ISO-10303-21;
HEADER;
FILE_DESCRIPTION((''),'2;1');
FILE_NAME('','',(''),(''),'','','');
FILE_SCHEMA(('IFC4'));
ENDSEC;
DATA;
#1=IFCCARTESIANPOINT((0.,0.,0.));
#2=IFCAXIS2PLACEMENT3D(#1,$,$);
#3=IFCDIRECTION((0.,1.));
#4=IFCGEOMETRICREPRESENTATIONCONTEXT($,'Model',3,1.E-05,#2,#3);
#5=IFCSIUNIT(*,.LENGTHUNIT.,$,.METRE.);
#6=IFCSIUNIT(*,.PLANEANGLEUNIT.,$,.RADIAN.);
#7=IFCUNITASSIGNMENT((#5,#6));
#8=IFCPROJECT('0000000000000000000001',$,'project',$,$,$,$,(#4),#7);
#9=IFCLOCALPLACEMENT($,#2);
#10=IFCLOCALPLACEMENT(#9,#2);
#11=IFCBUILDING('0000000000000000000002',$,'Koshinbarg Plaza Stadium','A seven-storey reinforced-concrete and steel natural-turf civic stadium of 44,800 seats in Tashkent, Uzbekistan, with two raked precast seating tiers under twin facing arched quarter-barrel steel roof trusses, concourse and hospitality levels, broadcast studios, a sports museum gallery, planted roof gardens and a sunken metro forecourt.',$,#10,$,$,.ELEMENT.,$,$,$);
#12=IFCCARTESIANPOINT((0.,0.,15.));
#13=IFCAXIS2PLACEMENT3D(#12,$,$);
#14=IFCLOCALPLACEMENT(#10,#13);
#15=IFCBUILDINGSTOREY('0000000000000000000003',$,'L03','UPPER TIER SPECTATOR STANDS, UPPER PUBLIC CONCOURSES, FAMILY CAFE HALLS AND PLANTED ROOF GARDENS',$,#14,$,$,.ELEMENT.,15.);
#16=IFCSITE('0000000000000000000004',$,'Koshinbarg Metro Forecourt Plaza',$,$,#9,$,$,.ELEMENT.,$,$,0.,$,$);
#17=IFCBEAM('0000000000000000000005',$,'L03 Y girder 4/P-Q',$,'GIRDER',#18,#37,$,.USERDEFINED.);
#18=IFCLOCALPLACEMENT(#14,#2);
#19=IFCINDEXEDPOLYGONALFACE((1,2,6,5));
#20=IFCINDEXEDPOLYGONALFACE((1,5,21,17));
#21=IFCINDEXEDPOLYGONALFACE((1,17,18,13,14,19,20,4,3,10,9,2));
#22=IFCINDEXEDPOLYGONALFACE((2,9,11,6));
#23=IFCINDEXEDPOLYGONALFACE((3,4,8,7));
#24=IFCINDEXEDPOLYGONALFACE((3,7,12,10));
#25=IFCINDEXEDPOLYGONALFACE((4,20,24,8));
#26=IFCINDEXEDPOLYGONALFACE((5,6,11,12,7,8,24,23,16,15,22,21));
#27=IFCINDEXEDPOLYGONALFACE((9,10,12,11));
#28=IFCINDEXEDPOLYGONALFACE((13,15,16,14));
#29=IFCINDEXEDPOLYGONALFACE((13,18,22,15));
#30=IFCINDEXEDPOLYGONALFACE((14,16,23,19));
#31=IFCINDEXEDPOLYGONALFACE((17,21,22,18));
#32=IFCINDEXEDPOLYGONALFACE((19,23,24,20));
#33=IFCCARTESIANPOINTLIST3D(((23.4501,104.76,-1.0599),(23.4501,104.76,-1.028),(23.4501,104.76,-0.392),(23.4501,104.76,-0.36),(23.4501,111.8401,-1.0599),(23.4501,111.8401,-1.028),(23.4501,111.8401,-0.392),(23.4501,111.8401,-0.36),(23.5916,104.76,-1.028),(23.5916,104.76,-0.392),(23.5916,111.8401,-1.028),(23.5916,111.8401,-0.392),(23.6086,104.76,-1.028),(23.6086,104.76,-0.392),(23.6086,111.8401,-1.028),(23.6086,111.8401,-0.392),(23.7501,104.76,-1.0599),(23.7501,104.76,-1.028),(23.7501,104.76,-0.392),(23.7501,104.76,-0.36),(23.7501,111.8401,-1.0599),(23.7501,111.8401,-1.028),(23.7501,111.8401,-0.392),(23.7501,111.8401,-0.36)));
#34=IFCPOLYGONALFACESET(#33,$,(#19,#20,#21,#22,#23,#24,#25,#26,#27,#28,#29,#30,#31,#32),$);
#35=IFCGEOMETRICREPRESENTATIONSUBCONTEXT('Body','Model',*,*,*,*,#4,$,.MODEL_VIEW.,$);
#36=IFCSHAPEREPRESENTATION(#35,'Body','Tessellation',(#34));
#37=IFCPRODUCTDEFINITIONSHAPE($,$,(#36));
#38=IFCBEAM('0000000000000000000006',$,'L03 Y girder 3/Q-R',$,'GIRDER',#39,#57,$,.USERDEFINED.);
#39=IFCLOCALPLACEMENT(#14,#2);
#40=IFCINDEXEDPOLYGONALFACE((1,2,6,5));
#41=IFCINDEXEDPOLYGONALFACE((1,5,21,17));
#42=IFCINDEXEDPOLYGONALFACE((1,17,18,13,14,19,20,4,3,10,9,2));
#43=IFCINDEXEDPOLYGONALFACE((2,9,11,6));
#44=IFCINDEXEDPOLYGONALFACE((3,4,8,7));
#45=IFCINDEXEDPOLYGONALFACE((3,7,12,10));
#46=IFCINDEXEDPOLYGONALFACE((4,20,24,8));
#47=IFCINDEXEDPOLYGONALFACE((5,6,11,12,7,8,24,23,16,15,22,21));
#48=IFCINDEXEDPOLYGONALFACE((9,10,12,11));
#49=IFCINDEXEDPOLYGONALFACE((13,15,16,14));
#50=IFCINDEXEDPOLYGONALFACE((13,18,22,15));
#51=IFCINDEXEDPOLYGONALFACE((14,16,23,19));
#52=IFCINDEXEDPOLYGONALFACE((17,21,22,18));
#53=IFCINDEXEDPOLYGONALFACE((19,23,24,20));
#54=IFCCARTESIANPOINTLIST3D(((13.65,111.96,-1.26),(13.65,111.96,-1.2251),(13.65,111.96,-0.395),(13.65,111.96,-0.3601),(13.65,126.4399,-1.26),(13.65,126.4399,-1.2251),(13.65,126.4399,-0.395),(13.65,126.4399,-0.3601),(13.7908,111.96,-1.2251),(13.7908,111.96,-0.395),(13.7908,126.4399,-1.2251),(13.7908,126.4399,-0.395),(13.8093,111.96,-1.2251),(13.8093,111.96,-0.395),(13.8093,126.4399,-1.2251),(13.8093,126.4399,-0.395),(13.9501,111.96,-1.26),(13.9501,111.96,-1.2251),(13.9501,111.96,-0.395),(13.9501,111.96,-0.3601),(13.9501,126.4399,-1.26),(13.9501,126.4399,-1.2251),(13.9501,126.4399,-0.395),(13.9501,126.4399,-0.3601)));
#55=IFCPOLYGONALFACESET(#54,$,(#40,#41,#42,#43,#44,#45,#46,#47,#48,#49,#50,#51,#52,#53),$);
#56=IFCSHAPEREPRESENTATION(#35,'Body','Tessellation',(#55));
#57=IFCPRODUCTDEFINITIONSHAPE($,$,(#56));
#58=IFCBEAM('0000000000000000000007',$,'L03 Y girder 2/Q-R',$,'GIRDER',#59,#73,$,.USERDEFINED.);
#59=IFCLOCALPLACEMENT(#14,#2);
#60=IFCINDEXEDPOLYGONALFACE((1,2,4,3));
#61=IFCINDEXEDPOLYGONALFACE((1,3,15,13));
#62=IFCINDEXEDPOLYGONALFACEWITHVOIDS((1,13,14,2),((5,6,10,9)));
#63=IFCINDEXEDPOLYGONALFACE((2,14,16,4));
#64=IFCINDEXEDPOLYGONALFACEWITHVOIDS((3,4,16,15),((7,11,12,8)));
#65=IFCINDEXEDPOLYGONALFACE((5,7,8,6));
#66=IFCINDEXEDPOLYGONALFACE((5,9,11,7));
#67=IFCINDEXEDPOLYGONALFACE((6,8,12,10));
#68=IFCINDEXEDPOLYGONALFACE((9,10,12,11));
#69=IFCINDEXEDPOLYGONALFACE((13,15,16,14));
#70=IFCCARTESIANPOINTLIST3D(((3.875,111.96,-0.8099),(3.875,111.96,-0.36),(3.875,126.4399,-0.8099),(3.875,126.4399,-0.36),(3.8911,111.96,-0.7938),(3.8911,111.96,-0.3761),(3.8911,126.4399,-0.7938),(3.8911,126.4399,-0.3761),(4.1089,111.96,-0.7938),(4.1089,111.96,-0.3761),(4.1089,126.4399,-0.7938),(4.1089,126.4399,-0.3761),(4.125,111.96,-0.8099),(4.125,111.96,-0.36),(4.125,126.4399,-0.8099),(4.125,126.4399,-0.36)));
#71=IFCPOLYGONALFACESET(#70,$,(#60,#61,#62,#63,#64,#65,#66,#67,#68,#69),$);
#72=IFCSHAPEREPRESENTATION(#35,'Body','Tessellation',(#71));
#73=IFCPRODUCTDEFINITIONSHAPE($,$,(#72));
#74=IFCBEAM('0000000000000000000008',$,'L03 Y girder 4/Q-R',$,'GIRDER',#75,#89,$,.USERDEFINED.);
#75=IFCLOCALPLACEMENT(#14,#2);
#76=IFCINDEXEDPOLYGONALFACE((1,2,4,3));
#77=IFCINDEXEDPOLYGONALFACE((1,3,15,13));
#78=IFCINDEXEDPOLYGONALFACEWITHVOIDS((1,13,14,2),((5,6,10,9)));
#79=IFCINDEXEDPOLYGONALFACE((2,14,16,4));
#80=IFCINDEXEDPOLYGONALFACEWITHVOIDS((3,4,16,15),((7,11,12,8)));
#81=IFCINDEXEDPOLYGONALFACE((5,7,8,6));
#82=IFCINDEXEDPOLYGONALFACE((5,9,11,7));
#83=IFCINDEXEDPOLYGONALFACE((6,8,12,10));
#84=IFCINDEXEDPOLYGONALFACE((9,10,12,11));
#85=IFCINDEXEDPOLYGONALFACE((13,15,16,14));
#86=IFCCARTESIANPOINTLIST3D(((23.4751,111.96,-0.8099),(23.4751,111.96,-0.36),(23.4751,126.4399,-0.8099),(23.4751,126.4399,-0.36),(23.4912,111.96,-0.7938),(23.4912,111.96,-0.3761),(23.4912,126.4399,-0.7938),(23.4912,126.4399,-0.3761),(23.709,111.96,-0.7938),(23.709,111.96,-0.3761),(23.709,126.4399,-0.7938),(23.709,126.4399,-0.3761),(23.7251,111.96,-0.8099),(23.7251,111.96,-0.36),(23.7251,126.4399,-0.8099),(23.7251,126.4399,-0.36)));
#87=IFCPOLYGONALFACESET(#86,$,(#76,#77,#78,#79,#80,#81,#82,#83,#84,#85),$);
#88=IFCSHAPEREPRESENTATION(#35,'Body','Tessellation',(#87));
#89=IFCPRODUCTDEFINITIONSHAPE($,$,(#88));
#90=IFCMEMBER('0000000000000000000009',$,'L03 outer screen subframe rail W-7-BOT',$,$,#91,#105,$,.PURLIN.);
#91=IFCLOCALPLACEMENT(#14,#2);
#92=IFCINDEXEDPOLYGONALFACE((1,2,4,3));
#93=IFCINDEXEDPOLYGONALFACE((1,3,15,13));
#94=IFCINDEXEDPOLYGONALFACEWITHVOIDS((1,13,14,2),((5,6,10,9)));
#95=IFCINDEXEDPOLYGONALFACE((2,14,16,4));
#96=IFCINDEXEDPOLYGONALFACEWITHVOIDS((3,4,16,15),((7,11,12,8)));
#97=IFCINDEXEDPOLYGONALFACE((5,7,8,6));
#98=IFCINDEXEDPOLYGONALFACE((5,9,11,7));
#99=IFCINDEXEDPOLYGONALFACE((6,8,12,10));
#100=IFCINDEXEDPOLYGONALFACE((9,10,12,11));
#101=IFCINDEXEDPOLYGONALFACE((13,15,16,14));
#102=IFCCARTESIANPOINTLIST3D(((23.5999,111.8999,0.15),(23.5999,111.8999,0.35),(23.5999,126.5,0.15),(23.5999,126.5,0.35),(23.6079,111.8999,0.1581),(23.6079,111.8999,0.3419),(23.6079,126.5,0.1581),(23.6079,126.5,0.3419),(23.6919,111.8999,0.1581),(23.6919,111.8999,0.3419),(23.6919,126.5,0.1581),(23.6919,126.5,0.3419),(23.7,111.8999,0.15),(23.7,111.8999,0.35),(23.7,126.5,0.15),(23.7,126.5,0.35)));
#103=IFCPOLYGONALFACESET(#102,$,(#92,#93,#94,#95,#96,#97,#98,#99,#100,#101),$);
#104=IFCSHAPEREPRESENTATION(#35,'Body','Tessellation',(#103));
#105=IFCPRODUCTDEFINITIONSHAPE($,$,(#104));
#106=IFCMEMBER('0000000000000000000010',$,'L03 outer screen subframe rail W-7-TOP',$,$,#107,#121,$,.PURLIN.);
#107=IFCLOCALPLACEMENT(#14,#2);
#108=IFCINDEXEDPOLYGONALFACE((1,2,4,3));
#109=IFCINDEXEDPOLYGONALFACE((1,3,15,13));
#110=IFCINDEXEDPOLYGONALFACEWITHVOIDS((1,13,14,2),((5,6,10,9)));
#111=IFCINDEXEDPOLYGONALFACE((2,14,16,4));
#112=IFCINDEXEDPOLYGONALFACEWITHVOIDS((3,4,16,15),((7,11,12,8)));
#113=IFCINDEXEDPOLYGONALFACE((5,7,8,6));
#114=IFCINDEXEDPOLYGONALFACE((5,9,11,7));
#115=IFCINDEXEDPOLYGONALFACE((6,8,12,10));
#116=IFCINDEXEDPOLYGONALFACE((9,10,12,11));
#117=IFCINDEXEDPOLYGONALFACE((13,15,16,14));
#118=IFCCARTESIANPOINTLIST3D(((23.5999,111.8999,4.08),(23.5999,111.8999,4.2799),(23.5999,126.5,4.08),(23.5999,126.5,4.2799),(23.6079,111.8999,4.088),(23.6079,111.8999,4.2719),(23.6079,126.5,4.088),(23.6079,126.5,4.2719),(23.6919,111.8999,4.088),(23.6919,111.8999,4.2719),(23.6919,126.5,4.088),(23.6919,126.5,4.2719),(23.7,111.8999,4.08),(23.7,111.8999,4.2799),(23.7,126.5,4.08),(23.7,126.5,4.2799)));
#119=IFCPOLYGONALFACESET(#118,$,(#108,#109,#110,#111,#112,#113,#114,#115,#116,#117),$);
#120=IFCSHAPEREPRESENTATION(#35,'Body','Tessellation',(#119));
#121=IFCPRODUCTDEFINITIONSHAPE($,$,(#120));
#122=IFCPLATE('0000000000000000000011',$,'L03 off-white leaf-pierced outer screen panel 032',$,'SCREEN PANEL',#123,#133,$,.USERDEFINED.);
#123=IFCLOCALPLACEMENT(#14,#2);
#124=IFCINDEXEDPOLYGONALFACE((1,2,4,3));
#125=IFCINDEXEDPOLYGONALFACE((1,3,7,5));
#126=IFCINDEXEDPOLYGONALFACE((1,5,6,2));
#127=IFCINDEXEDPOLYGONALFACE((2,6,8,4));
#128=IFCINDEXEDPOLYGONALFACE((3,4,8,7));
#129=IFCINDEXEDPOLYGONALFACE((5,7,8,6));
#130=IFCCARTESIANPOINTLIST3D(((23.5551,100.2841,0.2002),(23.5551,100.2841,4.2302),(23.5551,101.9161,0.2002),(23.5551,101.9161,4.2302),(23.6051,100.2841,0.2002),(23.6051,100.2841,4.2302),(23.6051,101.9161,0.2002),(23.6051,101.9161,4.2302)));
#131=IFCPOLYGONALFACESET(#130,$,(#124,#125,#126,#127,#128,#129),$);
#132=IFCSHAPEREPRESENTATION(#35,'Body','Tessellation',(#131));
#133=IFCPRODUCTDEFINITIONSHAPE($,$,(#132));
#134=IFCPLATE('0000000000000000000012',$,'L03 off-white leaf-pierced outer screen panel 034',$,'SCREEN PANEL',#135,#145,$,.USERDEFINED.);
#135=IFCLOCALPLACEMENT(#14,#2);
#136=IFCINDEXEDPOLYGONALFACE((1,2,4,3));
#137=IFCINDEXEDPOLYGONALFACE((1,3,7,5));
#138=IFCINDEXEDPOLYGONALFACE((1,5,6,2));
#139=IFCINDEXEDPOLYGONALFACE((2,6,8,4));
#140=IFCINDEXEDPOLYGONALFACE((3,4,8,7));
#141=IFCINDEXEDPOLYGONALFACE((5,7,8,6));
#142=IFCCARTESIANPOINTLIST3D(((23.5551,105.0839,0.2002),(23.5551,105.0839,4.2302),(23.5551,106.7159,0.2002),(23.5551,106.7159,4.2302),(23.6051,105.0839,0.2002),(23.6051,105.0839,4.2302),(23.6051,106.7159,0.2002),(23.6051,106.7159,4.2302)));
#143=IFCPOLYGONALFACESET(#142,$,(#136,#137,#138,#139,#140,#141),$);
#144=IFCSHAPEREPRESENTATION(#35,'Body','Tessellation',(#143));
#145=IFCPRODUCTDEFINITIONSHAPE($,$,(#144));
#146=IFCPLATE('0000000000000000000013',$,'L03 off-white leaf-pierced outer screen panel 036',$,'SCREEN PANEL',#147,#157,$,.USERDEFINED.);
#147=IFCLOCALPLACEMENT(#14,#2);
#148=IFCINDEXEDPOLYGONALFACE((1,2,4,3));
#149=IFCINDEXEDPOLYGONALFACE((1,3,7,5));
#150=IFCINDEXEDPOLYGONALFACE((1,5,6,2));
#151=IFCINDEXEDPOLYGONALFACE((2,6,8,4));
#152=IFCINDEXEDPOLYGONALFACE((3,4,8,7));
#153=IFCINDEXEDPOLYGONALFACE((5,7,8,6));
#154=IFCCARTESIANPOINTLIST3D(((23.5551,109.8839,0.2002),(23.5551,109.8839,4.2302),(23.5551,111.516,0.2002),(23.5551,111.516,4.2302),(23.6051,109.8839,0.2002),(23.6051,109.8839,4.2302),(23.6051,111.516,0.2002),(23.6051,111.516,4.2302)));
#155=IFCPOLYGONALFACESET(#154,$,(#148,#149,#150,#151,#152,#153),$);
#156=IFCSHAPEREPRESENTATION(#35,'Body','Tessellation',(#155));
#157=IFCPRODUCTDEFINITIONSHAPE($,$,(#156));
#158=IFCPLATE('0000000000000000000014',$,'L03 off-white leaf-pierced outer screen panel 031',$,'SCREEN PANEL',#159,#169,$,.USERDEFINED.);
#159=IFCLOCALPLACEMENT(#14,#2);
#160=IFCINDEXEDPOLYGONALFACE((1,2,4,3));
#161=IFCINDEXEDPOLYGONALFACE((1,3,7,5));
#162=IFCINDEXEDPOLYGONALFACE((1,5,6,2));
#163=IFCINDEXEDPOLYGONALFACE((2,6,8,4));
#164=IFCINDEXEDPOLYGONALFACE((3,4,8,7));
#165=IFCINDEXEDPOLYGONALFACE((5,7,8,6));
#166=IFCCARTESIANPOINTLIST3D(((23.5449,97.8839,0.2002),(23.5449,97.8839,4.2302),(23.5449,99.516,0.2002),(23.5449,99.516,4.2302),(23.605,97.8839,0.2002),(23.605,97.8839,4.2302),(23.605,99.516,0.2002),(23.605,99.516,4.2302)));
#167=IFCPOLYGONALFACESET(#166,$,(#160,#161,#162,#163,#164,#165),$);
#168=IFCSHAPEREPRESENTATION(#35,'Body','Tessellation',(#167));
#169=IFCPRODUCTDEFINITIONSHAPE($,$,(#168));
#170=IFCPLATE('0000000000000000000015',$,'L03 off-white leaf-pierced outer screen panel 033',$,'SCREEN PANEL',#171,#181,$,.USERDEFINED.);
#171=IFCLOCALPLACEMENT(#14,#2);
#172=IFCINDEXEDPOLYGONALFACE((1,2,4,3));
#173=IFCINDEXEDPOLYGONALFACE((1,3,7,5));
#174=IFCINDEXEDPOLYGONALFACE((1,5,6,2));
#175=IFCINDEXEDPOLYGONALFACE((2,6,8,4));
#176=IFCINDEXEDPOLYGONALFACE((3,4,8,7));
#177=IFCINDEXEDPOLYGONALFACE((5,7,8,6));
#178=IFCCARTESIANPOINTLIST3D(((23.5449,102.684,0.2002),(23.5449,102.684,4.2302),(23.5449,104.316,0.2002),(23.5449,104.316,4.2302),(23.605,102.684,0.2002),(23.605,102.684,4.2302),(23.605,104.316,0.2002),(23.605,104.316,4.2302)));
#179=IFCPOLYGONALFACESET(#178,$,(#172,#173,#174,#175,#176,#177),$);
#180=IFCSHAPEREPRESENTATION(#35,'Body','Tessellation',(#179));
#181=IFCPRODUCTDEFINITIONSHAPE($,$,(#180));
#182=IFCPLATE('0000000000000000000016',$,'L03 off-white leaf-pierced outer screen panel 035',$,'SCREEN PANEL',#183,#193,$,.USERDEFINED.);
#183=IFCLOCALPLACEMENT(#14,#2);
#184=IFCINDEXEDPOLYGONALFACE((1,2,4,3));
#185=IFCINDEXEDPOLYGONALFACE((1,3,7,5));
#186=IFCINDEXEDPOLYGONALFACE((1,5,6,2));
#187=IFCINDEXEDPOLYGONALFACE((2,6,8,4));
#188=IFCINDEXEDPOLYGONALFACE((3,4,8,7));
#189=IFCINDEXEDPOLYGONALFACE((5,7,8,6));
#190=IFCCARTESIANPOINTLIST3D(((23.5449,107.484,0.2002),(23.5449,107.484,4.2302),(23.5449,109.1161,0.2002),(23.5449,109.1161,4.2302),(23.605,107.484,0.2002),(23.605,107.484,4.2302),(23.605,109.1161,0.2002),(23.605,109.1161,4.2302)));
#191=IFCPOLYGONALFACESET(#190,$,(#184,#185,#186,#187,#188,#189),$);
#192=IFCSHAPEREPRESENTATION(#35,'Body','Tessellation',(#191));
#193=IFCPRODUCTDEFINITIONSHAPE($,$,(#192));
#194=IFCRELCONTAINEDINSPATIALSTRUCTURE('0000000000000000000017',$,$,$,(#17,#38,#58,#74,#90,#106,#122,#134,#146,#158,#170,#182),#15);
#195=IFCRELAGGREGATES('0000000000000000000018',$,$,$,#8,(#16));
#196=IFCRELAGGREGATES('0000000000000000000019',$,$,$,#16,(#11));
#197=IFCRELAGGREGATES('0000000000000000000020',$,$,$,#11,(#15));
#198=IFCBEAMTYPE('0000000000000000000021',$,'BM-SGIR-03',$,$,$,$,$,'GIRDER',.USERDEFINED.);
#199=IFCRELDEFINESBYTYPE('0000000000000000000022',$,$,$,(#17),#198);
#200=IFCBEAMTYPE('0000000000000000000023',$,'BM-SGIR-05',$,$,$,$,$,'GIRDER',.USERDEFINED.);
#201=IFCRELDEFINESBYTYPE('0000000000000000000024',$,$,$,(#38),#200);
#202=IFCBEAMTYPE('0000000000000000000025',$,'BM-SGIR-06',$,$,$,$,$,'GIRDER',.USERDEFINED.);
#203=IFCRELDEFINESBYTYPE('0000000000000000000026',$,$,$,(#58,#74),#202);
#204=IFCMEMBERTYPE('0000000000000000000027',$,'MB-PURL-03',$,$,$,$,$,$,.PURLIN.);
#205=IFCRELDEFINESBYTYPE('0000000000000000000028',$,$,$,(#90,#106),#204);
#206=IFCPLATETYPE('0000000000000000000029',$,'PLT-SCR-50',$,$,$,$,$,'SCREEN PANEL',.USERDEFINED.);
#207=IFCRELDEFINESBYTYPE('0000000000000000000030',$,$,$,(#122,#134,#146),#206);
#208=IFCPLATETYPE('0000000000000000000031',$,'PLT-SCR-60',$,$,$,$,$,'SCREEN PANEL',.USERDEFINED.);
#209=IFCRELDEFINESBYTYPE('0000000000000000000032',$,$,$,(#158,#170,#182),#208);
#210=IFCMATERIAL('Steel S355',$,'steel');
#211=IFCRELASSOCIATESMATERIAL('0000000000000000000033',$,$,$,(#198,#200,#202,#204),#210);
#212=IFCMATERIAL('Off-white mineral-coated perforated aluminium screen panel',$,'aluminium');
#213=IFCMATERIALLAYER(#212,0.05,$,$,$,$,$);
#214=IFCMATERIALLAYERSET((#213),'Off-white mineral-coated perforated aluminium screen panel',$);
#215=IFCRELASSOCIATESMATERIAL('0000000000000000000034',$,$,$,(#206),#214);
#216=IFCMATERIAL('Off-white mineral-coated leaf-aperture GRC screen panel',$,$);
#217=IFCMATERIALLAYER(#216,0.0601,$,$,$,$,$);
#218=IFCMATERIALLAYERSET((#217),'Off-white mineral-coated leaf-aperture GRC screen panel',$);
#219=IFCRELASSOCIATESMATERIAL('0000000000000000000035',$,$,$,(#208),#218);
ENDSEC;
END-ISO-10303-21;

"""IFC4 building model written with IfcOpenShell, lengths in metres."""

from ifc_helpers import new_model, si_unit, direction, frame, origin, origin_2d, place, context, subcontext, project, spatial, rectangle, hollow_rectangle, i_section, extrude, material, layer, layer_set, material_profile, profile_set, type_object, element, save


model = new_model("IFC4")

# Units and contexts
model_context = context("Model", 3, precision=1e-05, world=origin(), true_north=direction((0.0, 1.0)))
body_context = subcontext(model_context, "Body", "Model", "MODEL_VIEW")
ifc_project = project(units=[si_unit("LENGTHUNIT", "METRE"), si_unit("PLANEANGLEUNIT", "RADIAN")], contexts=[model_context])

# Site, building, storey
site_placement = place(None, origin())
site = spatial("IfcSite", under=ifc_project, at=site_placement, Name="Koshinbarg Metro Forecourt Plaza", CompositionType="ELEMENT", RefElevation=0.0)
building_placement = place(site_placement, origin())
building = spatial("IfcBuilding", under=site, at=building_placement, Name="Koshinbarg Plaza Stadium", Description="A seven-storey reinforced-concrete and steel natural-turf civic stadium of 44,800 seats in Tashkent, Uzbekistan, with two raked precast seating tiers under twin facing arched quarter-barrel steel roof trusses, concourse and hospitality levels, broadcast studios, a sports museum gallery, planted roof gardens and a sunken metro forecourt.", CompositionType="ELEMENT")
storey_placement = place(building_placement, frame((0.0, 0.0, 15.0)))
storey = spatial("IfcBuildingStorey", under=building, at=storey_placement, Name="L03", Description="UPPER TIER SPECTATOR STANDS, UPPER PUBLIC CONCOURSES, FAMILY CAFE HALLS AND PLANTED ROOF GARDENS", CompositionType="ELEMENT", Elevation=15.0)

# Beams
ifc_material_1 = material(Name="Steel S355", Category="steel")
ifc_material_profile_1 = material_profile(ifc_material_1, i_section(OverallWidth=0.3, OverallDepth=0.7, WebThickness=0.0171, FlangeThickness=0.032, at=origin_2d()), Name="HEB 700")
ifc_profile_set_1 = profile_set([ifc_material_profile_1], Name="Steel S355")
beam_type_1 = type_object("IfcBeamType", Name="BM-SGIR-03", ElementType="GIRDER", PredefinedType="USERDEFINED", material=ifc_profile_set_1)
for number, where, z_axis, x_axis, name in (
    (1, (23.6001, 104.76, -0.71), (0.0, 1.0, 0.0), (-1.0, 0.0, 0.0), "L03 Y girder 4/P-Q"),
):
    element("IfcBeam", number, at=place(storey_placement, frame(where, z_axis=z_axis, x_axis=x_axis)), inside=storey, type_object=beam_type_1, Name=name, ObjectType="GIRDER", PredefinedType="USERDEFINED", context=body_context, shape_type="SweptSolid", body=[
        extrude(i_section(OverallWidth=0.3, OverallDepth=0.7, WebThickness=0.0171, FlangeThickness=0.032, at=origin_2d()), origin(), (0.0, 0.0, 1.0), 7.0801),
    ])
ifc_material_profile_2 = material_profile(ifc_material_1, i_section(OverallWidth=0.3, OverallDepth=0.8999, WebThickness=0.0186, FlangeThickness=0.0349, at=origin_2d()), Name="HEB 900")
ifc_profile_set_2 = profile_set([ifc_material_profile_2], Name="Steel S355")
beam_type_2 = type_object("IfcBeamType", Name="BM-SGIR-05", ElementType="GIRDER", PredefinedType="USERDEFINED", material=ifc_profile_set_2)
beam_1_placement = place(storey_placement, frame((13.8, 111.96, -0.8101), z_axis=(0.0, 1.0, 0.0), x_axis=(-1.0, 0.0, 0.0)))
element("IfcBeam", 2, at=beam_1_placement, inside=storey, type_object=beam_type_2, Name="L03 Y girder 3/Q-R", ObjectType="GIRDER", PredefinedType="USERDEFINED", context=body_context, shape_type="SweptSolid", body=[
    extrude(i_section(OverallWidth=0.3, OverallDepth=0.8999, WebThickness=0.0186, FlangeThickness=0.0349, at=origin_2d()), origin(), (0.0, 0.0, 1.0), 14.48),
])
ifc_material_profile_3 = material_profile(ifc_material_1, hollow_rectangle(XDim=0.25, YDim=0.45, WallThickness=0.0161, at=origin_2d()), Name="RHS 450x250x16")
ifc_profile_set_3 = profile_set([ifc_material_profile_3], Name="Steel S355")
beam_type_3 = type_object("IfcBeamType", Name="BM-SGIR-06", ElementType="GIRDER", PredefinedType="USERDEFINED", material=ifc_profile_set_3)
for number, where, z_axis, x_axis, name in (
    (3, (4.0, 111.96, -0.585), (0.0, 1.0, 0.0), (-1.0, 0.0, 0.0), "L03 Y girder 2/Q-R"),
    (4, (23.6001, 111.96, -0.585), (0.0, 1.0, 0.0), (-1.0, 0.0, 0.0), "L03 Y girder 4/Q-R"),
):
    element("IfcBeam", number, at=place(storey_placement, frame(where, z_axis=z_axis, x_axis=x_axis)), inside=storey, type_object=beam_type_3, Name=name, ObjectType="GIRDER", PredefinedType="USERDEFINED", context=body_context, shape_type="SweptSolid", body=[
        extrude(hollow_rectangle(XDim=0.25, YDim=0.45, WallThickness=0.0161, at=origin_2d()), origin(), (0.0, 0.0, 1.0), 14.48),
    ])

# Members
ifc_material_profile_4 = material_profile(ifc_material_1, hollow_rectangle(XDim=0.1001, YDim=0.2, WallThickness=0.0081, at=origin_2d()), Name="RHS 200x100x8")
ifc_profile_set_4 = profile_set([ifc_material_profile_4], Name="Steel S355")
member_type = type_object("IfcMemberType", Name="MB-PURL-03", PredefinedType="PURLIN", material=ifc_profile_set_4)
for number, where, z_axis, x_axis, name in (
    (5, (23.6499, 111.8999, 0.25), (0.0, 1.0, 0.0), (-1.0, 0.0, 0.0), "L03 outer screen subframe rail W-7-BOT"),
    (6, (23.6499, 111.8999, 4.1799), (0.0, 1.0, 0.0), (-1.0, 0.0, 0.0), "L03 outer screen subframe rail W-7-TOP"),
):
    element("IfcMember", number, at=place(storey_placement, frame(where, z_axis=z_axis, x_axis=x_axis)), inside=storey, type_object=member_type, Name=name, PredefinedType="PURLIN", context=body_context, shape_type="SweptSolid", body=[
        extrude(hollow_rectangle(XDim=0.1001, YDim=0.2, WallThickness=0.0081, at=origin_2d()), origin(), (0.0, 0.0, 1.0), 14.6001),
    ])

# Plates
ifc_material_2 = material(Name="Off-white mineral-coated perforated aluminium screen panel", Category="aluminium")
ifc_layer_1 = layer(ifc_material_2, 0.05)
ifc_layer_set_1 = layer_set([ifc_layer_1], Name="Off-white mineral-coated perforated aluminium screen panel")
plate_type_1 = type_object("IfcPlateType", Name="PLT-SCR-50", ElementType="SCREEN PANEL", PredefinedType="USERDEFINED", material=ifc_layer_set_1)
for number, where, z_axis, x_axis, name in (
    (7, (23.5801, 101.1001, 0.2002), (0.0, 0.0, 1.0), (1.0, 0.0, 0.0), "L03 off-white leaf-pierced outer screen panel 032"),
    (8, (23.5801, 105.8999, 0.2002), (0.0, 0.0, 1.0), (1.0, 0.0, 0.0), "L03 off-white leaf-pierced outer screen panel 034"),
    (9, (23.5801, 110.7, 0.2002), (0.0, 0.0, 1.0), (1.0, 0.0, 0.0), "L03 off-white leaf-pierced outer screen panel 036"),
):
    element("IfcPlate", number, at=place(storey_placement, frame(where, z_axis=z_axis, x_axis=x_axis)), inside=storey, type_object=plate_type_1, Name=name, ObjectType="SCREEN PANEL", PredefinedType="USERDEFINED", context=body_context, shape_type="SweptSolid", body=[
        extrude(rectangle(XDim=0.05, YDim=1.6321, at=origin_2d()), origin(), (0.0, 0.0, 1.0), 4.03),
    ])
ifc_material_3 = material(Name="Off-white mineral-coated leaf-aperture GRC screen panel")
ifc_layer_2 = layer(ifc_material_3, 0.0601)
ifc_layer_set_2 = layer_set([ifc_layer_2], Name="Off-white mineral-coated leaf-aperture GRC screen panel")
plate_type_2 = type_object("IfcPlateType", Name="PLT-SCR-60", ElementType="SCREEN PANEL", PredefinedType="USERDEFINED", material=ifc_layer_set_2)
for number, where, z_axis, x_axis, name in (
    (10, (23.575, 98.7, 0.2002), (0.0, 0.0, 1.0), (1.0, 0.0, 0.0), "L03 off-white leaf-pierced outer screen panel 031"),
    (11, (23.575, 103.5, 0.2002), (0.0, 0.0, 1.0), (1.0, 0.0, 0.0), "L03 off-white leaf-pierced outer screen panel 033"),
    (12, (23.575, 108.3, 0.2002), (0.0, 0.0, 1.0), (1.0, 0.0, 0.0), "L03 off-white leaf-pierced outer screen panel 035"),
):
    element("IfcPlate", number, at=place(storey_placement, frame(where, z_axis=z_axis, x_axis=x_axis)), inside=storey, type_object=plate_type_2, Name=name, ObjectType="SCREEN PANEL", PredefinedType="USERDEFINED", context=body_context, shape_type="SweptSolid", body=[
        extrude(rectangle(XDim=0.0601, YDim=1.6321, at=origin_2d()), origin(), (0.0, 0.0, 1.0), 4.03),
    ])

save(model, "model.ifc")
